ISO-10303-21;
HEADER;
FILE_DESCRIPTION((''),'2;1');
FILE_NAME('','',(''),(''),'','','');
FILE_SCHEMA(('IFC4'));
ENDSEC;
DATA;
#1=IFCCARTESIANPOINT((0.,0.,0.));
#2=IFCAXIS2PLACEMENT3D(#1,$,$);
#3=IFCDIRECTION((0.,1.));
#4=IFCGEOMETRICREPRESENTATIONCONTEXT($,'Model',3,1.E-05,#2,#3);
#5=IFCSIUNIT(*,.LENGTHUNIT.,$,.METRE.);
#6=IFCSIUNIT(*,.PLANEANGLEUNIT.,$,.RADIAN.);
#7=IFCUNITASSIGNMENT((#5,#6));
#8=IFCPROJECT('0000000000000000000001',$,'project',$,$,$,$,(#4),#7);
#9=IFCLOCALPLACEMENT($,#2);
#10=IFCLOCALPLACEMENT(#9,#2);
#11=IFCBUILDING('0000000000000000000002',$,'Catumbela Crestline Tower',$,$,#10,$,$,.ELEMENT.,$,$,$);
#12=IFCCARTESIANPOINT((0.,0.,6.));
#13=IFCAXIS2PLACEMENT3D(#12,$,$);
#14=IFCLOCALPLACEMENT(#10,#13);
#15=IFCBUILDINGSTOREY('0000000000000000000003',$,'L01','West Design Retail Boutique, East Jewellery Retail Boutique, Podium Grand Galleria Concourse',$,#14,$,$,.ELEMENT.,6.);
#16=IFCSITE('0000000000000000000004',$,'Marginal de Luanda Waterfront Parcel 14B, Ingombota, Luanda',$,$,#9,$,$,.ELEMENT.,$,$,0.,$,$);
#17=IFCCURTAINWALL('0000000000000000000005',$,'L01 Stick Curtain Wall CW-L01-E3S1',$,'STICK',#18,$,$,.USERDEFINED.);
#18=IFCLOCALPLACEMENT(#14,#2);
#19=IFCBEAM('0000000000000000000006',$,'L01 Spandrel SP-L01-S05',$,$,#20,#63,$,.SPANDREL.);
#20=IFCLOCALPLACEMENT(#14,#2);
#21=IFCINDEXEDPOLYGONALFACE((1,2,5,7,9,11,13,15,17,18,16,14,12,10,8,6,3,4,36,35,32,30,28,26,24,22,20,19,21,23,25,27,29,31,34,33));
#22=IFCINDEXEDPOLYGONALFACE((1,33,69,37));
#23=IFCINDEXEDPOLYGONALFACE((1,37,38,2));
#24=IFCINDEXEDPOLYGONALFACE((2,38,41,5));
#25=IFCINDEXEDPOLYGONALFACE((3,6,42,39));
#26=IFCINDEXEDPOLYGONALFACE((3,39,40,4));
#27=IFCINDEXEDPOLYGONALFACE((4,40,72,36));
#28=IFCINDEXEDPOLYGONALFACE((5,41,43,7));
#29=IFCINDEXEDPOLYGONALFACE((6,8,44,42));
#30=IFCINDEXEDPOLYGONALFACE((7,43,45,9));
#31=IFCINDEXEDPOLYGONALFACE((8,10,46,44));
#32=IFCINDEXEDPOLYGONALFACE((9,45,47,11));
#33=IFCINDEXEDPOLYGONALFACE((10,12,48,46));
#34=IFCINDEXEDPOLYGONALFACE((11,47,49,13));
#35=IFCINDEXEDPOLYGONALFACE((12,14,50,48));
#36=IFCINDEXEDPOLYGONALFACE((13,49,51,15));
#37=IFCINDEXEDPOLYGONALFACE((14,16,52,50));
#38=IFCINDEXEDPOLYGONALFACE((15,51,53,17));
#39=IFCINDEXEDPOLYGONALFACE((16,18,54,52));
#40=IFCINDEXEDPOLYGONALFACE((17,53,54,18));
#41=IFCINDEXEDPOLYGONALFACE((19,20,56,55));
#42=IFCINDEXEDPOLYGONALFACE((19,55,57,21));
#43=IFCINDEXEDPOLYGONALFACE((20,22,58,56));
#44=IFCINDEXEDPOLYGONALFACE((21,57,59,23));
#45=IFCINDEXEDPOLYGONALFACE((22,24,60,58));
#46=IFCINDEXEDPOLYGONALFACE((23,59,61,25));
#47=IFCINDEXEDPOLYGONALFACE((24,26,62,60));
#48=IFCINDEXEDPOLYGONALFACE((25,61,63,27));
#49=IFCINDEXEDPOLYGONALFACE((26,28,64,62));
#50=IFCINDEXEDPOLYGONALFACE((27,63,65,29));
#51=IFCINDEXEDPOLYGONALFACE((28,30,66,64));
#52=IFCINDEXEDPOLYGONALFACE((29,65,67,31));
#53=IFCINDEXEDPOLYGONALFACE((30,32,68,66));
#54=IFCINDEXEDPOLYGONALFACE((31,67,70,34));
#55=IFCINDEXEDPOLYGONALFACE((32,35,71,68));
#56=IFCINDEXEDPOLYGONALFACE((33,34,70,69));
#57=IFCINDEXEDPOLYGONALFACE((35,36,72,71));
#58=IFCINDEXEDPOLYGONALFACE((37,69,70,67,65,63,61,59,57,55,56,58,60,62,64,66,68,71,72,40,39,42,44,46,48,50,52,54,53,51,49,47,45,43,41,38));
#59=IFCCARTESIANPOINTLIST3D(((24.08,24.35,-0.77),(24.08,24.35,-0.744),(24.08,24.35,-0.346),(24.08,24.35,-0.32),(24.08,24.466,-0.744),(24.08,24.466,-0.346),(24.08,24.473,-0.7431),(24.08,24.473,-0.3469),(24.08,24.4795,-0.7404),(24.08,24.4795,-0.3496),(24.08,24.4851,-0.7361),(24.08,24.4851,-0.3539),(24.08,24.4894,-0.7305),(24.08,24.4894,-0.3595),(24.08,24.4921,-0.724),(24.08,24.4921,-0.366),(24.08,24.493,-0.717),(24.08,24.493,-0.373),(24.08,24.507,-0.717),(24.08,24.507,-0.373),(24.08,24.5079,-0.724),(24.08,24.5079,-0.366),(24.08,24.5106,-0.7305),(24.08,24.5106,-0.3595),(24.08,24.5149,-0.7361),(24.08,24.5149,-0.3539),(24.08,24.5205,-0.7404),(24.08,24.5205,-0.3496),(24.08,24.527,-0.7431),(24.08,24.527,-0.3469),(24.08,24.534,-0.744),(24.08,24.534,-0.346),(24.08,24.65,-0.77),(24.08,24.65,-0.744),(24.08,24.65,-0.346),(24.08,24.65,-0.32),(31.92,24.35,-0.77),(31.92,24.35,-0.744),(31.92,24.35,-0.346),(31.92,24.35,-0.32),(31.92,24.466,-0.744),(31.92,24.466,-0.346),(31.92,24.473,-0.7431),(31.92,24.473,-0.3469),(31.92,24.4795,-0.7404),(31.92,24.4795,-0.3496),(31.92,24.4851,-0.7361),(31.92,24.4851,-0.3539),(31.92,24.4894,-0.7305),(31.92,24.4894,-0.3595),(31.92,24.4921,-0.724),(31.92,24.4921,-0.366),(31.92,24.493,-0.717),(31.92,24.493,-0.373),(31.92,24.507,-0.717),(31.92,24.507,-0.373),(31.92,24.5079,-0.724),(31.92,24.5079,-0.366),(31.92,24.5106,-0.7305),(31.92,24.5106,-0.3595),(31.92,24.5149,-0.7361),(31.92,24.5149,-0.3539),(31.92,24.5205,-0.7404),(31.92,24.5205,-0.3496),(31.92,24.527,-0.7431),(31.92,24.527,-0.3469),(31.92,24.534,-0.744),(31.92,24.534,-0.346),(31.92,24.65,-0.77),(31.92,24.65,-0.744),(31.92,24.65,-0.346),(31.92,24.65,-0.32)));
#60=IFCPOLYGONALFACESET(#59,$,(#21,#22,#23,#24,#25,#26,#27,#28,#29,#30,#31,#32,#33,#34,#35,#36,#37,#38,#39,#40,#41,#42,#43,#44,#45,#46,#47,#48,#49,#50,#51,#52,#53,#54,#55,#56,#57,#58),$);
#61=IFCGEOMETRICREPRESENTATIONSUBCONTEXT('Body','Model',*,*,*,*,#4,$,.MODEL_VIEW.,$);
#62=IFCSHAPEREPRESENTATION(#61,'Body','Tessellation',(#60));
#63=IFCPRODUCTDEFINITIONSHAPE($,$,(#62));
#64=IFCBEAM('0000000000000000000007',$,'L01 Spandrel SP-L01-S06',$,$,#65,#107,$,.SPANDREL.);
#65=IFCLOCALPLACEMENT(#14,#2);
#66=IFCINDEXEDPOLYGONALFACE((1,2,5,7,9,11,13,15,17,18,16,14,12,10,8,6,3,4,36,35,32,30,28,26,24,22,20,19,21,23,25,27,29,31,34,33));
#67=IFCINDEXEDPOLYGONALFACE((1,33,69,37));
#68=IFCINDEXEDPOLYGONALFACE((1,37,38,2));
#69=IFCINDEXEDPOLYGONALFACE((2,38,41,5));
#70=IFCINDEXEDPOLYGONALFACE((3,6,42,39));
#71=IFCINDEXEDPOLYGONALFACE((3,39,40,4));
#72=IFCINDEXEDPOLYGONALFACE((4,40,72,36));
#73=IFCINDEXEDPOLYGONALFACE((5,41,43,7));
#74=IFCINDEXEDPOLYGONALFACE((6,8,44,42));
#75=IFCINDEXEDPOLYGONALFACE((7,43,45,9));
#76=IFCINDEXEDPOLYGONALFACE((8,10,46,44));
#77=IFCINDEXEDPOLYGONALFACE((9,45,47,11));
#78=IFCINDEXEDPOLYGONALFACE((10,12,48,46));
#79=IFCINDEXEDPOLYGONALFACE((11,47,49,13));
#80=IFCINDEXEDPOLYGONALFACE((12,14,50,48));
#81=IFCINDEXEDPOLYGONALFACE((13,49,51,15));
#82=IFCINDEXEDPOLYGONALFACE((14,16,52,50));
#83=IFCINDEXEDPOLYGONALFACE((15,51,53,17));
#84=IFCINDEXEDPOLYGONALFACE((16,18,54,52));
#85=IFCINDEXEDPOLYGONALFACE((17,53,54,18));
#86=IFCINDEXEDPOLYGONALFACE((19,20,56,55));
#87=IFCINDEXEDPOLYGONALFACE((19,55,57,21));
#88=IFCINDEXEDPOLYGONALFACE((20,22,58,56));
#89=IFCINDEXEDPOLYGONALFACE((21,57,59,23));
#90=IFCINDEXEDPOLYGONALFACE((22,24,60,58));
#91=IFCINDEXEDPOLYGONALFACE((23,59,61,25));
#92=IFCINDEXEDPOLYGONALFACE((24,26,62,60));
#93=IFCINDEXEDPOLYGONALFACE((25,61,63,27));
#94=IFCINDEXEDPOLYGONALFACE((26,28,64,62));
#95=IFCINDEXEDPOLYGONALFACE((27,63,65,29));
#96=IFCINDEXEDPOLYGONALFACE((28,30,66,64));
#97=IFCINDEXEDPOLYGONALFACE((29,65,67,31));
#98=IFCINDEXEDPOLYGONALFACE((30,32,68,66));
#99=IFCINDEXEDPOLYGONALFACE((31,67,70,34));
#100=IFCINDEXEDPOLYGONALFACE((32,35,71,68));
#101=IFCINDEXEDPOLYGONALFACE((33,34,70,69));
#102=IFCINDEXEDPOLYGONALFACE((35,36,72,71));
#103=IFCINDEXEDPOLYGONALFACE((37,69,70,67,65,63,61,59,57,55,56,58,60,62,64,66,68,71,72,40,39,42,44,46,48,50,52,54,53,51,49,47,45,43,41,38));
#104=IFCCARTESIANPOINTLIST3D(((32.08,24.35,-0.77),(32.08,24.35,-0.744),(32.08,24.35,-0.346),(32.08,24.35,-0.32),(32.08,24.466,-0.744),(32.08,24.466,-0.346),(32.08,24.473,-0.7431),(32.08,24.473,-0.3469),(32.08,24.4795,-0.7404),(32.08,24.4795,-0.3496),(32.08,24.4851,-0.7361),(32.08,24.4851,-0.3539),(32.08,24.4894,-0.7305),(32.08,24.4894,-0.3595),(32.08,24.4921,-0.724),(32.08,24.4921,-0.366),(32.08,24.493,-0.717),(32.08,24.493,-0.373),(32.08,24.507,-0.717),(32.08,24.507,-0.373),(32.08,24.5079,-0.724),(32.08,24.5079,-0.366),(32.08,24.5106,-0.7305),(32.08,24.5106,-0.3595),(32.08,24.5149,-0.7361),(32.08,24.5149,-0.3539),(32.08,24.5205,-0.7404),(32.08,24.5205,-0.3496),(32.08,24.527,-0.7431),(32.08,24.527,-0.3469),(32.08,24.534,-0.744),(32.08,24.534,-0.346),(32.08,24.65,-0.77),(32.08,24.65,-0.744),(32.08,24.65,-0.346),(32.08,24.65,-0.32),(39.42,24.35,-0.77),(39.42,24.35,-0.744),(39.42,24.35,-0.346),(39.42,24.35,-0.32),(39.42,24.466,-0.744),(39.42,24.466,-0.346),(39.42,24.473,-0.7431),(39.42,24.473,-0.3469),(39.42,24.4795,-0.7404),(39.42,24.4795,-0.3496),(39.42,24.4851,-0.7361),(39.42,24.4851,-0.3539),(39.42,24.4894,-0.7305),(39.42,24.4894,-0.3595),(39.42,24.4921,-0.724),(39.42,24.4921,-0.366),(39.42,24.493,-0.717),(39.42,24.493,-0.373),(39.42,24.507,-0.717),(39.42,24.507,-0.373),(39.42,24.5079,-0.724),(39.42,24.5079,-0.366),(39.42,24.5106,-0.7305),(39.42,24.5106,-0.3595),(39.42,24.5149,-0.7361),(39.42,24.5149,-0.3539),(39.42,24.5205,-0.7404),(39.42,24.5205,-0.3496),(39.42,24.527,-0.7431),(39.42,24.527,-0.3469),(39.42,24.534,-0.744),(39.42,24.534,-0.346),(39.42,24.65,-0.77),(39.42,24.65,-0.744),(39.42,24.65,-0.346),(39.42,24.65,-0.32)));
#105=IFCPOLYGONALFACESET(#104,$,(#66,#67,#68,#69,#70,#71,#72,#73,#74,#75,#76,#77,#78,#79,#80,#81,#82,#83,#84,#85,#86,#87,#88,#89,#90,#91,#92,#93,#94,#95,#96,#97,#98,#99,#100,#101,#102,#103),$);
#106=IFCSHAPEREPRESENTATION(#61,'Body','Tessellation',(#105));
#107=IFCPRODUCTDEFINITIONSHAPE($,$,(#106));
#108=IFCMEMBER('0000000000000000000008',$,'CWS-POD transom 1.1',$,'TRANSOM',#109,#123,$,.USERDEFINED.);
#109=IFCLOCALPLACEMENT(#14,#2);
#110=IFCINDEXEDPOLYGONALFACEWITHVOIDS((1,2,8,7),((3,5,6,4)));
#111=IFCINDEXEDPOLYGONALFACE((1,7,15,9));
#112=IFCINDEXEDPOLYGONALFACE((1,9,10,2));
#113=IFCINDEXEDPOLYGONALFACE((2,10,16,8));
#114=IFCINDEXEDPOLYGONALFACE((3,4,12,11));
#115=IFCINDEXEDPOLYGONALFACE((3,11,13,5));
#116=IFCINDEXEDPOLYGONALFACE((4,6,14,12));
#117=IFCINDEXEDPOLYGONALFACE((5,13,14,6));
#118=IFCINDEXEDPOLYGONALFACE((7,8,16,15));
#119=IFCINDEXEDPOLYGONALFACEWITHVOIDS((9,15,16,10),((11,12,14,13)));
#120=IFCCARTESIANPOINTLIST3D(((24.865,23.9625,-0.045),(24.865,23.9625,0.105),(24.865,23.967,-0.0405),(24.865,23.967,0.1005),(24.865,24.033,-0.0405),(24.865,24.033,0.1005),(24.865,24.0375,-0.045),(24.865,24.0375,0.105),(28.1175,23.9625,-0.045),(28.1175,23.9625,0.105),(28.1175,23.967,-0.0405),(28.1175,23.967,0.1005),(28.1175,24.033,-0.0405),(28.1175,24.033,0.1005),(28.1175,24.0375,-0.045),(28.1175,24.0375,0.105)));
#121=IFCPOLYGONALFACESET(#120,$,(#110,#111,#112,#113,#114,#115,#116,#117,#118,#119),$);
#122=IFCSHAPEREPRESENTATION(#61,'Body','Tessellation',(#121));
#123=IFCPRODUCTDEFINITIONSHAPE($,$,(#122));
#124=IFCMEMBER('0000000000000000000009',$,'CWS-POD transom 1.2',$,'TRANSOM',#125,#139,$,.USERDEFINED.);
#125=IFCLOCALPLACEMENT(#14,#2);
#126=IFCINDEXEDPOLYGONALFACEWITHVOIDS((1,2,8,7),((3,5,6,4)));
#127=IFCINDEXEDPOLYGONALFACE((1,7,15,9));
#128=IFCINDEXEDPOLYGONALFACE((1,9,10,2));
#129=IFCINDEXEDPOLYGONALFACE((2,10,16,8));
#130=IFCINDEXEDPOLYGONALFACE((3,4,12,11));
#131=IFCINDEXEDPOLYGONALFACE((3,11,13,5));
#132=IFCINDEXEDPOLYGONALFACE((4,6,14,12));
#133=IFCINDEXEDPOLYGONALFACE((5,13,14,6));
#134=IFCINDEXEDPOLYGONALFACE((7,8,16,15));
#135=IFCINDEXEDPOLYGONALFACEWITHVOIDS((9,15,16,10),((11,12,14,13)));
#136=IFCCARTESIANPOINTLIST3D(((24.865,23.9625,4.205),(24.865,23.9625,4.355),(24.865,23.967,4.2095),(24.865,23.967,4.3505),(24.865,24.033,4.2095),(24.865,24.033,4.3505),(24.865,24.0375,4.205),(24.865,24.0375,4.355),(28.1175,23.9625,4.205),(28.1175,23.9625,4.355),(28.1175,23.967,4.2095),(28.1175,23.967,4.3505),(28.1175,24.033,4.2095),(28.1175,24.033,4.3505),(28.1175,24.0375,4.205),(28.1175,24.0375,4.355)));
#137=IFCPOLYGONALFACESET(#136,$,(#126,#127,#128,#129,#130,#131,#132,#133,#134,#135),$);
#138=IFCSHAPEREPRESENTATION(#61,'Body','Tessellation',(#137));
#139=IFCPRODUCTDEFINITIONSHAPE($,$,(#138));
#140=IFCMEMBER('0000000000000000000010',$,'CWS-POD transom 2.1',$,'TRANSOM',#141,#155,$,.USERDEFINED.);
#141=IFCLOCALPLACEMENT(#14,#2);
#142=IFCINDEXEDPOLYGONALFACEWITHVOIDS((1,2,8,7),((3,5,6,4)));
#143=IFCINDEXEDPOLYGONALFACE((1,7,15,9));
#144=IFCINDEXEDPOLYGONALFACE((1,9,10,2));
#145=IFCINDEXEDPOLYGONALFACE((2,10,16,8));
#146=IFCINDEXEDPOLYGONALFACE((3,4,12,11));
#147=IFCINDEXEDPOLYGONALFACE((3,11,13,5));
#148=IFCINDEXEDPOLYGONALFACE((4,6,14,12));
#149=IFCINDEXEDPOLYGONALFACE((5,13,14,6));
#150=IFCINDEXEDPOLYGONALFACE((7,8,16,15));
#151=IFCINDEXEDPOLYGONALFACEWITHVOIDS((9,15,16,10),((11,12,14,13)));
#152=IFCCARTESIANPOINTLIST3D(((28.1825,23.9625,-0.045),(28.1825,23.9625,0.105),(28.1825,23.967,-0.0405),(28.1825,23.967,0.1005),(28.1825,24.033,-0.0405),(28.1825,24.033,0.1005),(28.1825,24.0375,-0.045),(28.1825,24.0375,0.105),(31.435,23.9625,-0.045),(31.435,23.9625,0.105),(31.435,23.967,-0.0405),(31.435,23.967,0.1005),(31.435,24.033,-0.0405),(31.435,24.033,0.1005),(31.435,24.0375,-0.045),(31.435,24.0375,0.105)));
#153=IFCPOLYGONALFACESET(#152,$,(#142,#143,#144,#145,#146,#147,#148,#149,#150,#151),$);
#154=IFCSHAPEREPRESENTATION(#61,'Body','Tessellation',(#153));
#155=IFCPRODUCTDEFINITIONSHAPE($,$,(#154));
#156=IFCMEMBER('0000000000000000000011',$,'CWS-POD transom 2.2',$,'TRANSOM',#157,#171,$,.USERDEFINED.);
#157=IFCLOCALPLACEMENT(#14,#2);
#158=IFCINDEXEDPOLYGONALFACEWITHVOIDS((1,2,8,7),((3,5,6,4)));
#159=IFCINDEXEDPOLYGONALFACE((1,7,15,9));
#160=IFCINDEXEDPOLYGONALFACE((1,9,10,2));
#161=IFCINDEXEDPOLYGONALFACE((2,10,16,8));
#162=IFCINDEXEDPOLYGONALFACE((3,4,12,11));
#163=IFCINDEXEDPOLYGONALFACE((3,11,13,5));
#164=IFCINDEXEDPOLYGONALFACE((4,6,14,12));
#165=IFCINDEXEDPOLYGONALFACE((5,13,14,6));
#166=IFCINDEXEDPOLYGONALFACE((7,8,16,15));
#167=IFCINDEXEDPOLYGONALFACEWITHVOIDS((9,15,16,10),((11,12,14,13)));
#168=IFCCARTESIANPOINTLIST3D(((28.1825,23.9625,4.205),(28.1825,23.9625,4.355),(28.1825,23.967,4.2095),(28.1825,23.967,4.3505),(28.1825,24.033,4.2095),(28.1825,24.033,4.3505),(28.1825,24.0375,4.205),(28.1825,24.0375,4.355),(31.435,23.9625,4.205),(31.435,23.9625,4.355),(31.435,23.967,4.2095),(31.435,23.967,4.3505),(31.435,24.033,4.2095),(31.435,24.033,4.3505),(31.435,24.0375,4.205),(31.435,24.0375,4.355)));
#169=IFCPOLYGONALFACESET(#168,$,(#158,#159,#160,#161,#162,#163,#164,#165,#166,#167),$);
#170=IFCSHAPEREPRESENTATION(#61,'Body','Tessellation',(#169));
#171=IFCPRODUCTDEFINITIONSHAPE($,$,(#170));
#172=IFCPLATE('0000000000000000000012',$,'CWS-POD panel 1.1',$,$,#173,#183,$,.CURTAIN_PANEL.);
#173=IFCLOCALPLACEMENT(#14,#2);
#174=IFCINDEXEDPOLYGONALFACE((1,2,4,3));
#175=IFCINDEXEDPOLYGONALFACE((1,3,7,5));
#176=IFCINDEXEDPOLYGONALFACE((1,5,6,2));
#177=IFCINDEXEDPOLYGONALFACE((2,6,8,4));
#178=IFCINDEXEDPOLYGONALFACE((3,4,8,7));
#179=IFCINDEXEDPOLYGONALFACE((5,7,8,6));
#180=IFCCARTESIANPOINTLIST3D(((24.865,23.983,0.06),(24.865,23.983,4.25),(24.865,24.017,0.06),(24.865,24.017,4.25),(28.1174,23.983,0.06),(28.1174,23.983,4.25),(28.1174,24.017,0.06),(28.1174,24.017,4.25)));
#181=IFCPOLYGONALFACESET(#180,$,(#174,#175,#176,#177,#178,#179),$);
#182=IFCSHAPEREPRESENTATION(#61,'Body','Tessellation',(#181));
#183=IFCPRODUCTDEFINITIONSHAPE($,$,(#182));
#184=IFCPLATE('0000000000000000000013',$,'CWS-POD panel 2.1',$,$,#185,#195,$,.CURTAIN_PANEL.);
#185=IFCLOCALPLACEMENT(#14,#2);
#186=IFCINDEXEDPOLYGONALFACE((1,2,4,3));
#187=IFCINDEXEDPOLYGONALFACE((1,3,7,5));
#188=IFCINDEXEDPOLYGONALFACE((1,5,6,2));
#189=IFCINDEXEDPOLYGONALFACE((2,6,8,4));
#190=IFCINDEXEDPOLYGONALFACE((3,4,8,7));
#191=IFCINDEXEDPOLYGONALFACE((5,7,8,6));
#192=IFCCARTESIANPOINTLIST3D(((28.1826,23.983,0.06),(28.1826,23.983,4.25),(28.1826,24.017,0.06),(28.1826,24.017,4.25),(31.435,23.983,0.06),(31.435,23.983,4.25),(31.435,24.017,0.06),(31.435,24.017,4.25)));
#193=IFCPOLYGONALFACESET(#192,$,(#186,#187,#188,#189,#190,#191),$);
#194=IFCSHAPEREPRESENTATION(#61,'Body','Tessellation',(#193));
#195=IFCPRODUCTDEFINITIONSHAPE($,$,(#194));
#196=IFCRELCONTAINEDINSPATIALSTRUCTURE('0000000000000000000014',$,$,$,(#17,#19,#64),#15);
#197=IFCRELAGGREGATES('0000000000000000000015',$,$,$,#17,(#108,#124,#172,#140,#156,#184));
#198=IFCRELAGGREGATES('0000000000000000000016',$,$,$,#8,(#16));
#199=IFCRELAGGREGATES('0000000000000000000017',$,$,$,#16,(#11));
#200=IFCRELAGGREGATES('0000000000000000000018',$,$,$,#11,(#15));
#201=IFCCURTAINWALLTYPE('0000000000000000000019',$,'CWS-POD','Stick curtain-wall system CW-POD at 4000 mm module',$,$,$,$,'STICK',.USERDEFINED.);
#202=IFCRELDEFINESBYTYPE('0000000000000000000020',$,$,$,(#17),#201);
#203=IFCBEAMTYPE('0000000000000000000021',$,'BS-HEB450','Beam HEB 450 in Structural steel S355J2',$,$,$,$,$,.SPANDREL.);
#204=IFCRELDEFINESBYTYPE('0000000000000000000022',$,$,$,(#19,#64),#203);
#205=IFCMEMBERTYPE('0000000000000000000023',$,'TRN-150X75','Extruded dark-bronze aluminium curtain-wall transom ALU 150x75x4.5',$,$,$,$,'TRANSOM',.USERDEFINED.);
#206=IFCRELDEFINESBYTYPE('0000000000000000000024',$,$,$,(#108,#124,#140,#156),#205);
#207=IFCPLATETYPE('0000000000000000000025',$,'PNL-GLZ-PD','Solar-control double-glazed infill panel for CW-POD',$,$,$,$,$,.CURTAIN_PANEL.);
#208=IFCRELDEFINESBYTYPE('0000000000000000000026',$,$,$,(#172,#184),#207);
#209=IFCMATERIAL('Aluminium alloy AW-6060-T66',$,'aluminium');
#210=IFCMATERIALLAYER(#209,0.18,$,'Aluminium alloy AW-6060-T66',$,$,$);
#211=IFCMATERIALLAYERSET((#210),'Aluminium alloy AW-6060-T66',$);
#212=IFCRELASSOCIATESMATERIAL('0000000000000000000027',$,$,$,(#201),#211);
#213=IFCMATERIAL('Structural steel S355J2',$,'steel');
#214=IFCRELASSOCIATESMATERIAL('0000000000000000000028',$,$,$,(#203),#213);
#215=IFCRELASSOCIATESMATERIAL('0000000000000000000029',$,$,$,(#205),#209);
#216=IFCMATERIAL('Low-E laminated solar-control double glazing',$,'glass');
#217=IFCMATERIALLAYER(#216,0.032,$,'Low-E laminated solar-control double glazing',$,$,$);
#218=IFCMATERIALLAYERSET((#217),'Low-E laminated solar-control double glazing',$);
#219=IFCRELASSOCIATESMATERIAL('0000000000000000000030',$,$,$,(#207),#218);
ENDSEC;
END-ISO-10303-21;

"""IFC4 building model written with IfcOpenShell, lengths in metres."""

from ifc_helpers import new_model, si_unit, direction, frame, origin, origin_2d, place, context, subcontext, project, spatial, rectangle, hollow_rectangle, i_section, extrude, material, layer, layer_set, material_profile, profile_set, type_object, element, aggregate, save


model = new_model("IFC4")

# Units and contexts
model_context = context("Model", 3, precision=1e-05, world=origin(), true_north=direction((0.0, 1.0)))
body_context = subcontext(model_context, "Body", "Model", "MODEL_VIEW")
ifc_project = project(units=[si_unit("LENGTHUNIT", "METRE"), si_unit("PLANEANGLEUNIT", "RADIAN")], contexts=[model_context])

# Site, building, storey
site_placement = place(None, origin())
site = spatial("IfcSite", under=ifc_project, at=site_placement, Name="Marginal de Luanda Waterfront Parcel 14B, Ingombota, Luanda", CompositionType="ELEMENT", RefElevation=0.0)
building_placement = place(site_placement, origin())
building = spatial("IfcBuilding", under=site, at=building_placement, Name="Catumbela Crestline Tower", CompositionType="ELEMENT")
storey_placement = place(building_placement, frame((0.0, 0.0, 6.0)))
storey = spatial("IfcBuildingStorey", under=building, at=storey_placement, Name="L01", Description="West Design Retail Boutique, East Jewellery Retail Boutique, Podium Grand Galleria Concourse", CompositionType="ELEMENT", Elevation=6.0)

# Shared definitions
ifc_material_1 = material(Name="Structural steel S355J2", Category="steel")

# Shared definitions
ifc_material_2 = material(Name="Aluminium alloy AW-6060-T66", Category="aluminium")
ifc_layer_1 = layer(ifc_material_2, 0.18, Name="Aluminium alloy AW-6060-T66")
ifc_layer_set_1 = layer_set([ifc_layer_1], Name="Aluminium alloy AW-6060-T66")
curtain_wall_type = type_object("IfcCurtainWallType", Name="CWS-POD", Description="Stick curtain-wall system CW-POD at 4000 mm module", ElementType="STICK", PredefinedType="USERDEFINED", material=ifc_layer_set_1)

# Curtain wall
curtain_wall_1_placement = place(storey_placement, origin())
curtain_wall_1 = element("IfcCurtainWall", 1, at=curtain_wall_1_placement, inside=storey, type_object=curtain_wall_type, Name="L01 Stick Curtain Wall CW-L01-E3S1", ObjectType="STICK", PredefinedType="USERDEFINED")

# Beams
ifc_material_profile_1 = material_profile(ifc_material_1, i_section(OverallWidth=0.3, OverallDepth=0.45, WebThickness=0.014, FlangeThickness=0.026, FilletRadius=0.027, at=origin_2d()), Name="HEB 450")
ifc_profile_set_1 = profile_set([ifc_material_profile_1], Name="Structural steel S355J2")
beam_type_1 = type_object("IfcBeamType", Name="BS-HEB450", Description="Beam HEB 450 in Structural steel S355J2", PredefinedType="SPANDREL", material=ifc_profile_set_1)
beam_1_placement = place(storey_placement, frame((24.08, 24.5, -0.545), z_axis=(1.0, 0.0, 0.0), x_axis=(0.0, 1.0, 0.0)))
element("IfcBeam", 2, at=beam_1_placement, inside=storey, type_object=beam_type_1, Name="L01 Spandrel SP-L01-S05", PredefinedType="SPANDREL", context=body_context, shape_type="SweptSolid", body=[
    extrude(i_section(OverallWidth=0.3, OverallDepth=0.45, WebThickness=0.014, FlangeThickness=0.026, FilletRadius=0.027, at=origin_2d()), origin(), (0.0, 0.0, 1.0), 7.84),
])
beam_2_placement = place(storey_placement, frame((32.08, 24.5, -0.545), z_axis=(1.0, 0.0, 0.0), x_axis=(0.0, 1.0, 0.0)))
element("IfcBeam", 3, at=beam_2_placement, inside=storey, type_object=beam_type_1, Name="L01 Spandrel SP-L01-S06", PredefinedType="SPANDREL", context=body_context, shape_type="SweptSolid", body=[
    extrude(i_section(OverallWidth=0.3, OverallDepth=0.45, WebThickness=0.014, FlangeThickness=0.026, FilletRadius=0.027, at=origin_2d()), origin(), (0.0, 0.0, 1.0), 7.34),
])

# Members
ifc_material_profile_2 = material_profile(ifc_material_2, hollow_rectangle(XDim=0.075, YDim=0.15, WallThickness=0.0045, at=origin_2d()), Name="ALU 150x75x4.5")
ifc_profile_set_2 = profile_set([ifc_material_profile_2], Name="Aluminium alloy AW-6060-T66")
member_type_1 = type_object("IfcMemberType", Name="TRN-150X75", Description="Extruded dark-bronze aluminium curtain-wall transom ALU 150x75x4.5", ElementType="TRANSOM", PredefinedType="USERDEFINED", material=ifc_profile_set_2)
member_1_placement = place(storey_placement, frame((24.865, 24.0, 0.03), z_axis=(1.0, 0.0, 0.0), x_axis=(0.0, 1.0, 0.0)))
member_1 = element("IfcMember", 4, at=member_1_placement, type_object=member_type_1, Name="CWS-POD transom 1.1", ObjectType="TRANSOM", PredefinedType="USERDEFINED", context=body_context, shape_type="SweptSolid", body=[
    extrude(hollow_rectangle(XDim=0.075, YDim=0.15, WallThickness=0.0045, at=origin_2d()), origin(), (0.0, 0.0, 1.0), 3.2525),
])
member_2_placement = place(storey_placement, frame((24.865, 24.0, 4.28), z_axis=(1.0, 0.0, 0.0), x_axis=(0.0, 1.0, 0.0)))
member_2 = element("IfcMember", 5, at=member_2_placement, type_object=member_type_1, Name="CWS-POD transom 1.2", ObjectType="TRANSOM", PredefinedType="USERDEFINED", context=body_context, shape_type="SweptSolid", body=[
    extrude(hollow_rectangle(XDim=0.075, YDim=0.15, WallThickness=0.0045, at=origin_2d()), origin(), (0.0, 0.0, 1.0), 3.2525),
])
member_3_placement = place(storey_placement, frame((28.1825, 24.0, 0.03), z_axis=(1.0, 0.0, 0.0), x_axis=(0.0, 1.0, 0.0)))
member_3 = element("IfcMember", 6, at=member_3_placement, type_object=member_type_1, Name="CWS-POD transom 2.1", ObjectType="TRANSOM", PredefinedType="USERDEFINED", context=body_context, shape_type="SweptSolid", body=[
    extrude(hollow_rectangle(XDim=0.075, YDim=0.15, WallThickness=0.0045, at=origin_2d()), origin(), (0.0, 0.0, 1.0), 3.2525),
])
member_4_placement = place(storey_placement, frame((28.1825, 24.0, 4.28), z_axis=(1.0, 0.0, 0.0), x_axis=(0.0, 1.0, 0.0)))
member_4 = element("IfcMember", 7, at=member_4_placement, type_object=member_type_1, Name="CWS-POD transom 2.2", ObjectType="TRANSOM", PredefinedType="USERDEFINED", context=body_context, shape_type="SweptSolid", body=[
    extrude(hollow_rectangle(XDim=0.075, YDim=0.15, WallThickness=0.0045, at=origin_2d()), origin(), (0.0, 0.0, 1.0), 3.2525),
])

# Plates
ifc_material_3 = material(Name="Low-E laminated solar-control double glazing", Category="glass")
ifc_layer_2 = layer(ifc_material_3, 0.032, Name="Low-E laminated solar-control double glazing")
ifc_layer_set_2 = layer_set([ifc_layer_2], Name="Low-E laminated solar-control double glazing")
plate_type = type_object("IfcPlateType", Name="PNL-GLZ-PD", Description="Solar-control double-glazed infill panel for CW-POD", PredefinedType="CURTAIN_PANEL", material=ifc_layer_set_2)
plate_1_placement = place(storey_placement, frame((26.4912, 24.0, 0.06), z_axis=(0.0, 0.0, 1.0), x_axis=(1.0, 0.0, 0.0)))
plate_1 = element("IfcPlate", 8, at=plate_1_placement, type_object=plate_type, Name="CWS-POD panel 1.1", PredefinedType="CURTAIN_PANEL", context=body_context, shape_type="SweptSolid", body=[
    extrude(rectangle(XDim=3.2525, YDim=0.034, at=origin_2d()), origin(), (0.0, 0.0, 1.0), 4.19),
])
plate_2_placement = place(storey_placement, frame((29.8088, 24.0, 0.06), z_axis=(0.0, 0.0, 1.0), x_axis=(1.0, 0.0, 0.0)))
plate_2 = element("IfcPlate", 9, at=plate_2_placement, type_object=plate_type, Name="CWS-POD panel 2.1", PredefinedType="CURTAIN_PANEL", context=body_context, shape_type="SweptSolid", body=[
    extrude(rectangle(XDim=3.2525, YDim=0.034, at=origin_2d()), origin(), (0.0, 0.0, 1.0), 4.19),
])
aggregate(curtain_wall_1, [member_1, member_2, plate_1, member_3, member_4, plate_2])

save(model, "model.ifc")
